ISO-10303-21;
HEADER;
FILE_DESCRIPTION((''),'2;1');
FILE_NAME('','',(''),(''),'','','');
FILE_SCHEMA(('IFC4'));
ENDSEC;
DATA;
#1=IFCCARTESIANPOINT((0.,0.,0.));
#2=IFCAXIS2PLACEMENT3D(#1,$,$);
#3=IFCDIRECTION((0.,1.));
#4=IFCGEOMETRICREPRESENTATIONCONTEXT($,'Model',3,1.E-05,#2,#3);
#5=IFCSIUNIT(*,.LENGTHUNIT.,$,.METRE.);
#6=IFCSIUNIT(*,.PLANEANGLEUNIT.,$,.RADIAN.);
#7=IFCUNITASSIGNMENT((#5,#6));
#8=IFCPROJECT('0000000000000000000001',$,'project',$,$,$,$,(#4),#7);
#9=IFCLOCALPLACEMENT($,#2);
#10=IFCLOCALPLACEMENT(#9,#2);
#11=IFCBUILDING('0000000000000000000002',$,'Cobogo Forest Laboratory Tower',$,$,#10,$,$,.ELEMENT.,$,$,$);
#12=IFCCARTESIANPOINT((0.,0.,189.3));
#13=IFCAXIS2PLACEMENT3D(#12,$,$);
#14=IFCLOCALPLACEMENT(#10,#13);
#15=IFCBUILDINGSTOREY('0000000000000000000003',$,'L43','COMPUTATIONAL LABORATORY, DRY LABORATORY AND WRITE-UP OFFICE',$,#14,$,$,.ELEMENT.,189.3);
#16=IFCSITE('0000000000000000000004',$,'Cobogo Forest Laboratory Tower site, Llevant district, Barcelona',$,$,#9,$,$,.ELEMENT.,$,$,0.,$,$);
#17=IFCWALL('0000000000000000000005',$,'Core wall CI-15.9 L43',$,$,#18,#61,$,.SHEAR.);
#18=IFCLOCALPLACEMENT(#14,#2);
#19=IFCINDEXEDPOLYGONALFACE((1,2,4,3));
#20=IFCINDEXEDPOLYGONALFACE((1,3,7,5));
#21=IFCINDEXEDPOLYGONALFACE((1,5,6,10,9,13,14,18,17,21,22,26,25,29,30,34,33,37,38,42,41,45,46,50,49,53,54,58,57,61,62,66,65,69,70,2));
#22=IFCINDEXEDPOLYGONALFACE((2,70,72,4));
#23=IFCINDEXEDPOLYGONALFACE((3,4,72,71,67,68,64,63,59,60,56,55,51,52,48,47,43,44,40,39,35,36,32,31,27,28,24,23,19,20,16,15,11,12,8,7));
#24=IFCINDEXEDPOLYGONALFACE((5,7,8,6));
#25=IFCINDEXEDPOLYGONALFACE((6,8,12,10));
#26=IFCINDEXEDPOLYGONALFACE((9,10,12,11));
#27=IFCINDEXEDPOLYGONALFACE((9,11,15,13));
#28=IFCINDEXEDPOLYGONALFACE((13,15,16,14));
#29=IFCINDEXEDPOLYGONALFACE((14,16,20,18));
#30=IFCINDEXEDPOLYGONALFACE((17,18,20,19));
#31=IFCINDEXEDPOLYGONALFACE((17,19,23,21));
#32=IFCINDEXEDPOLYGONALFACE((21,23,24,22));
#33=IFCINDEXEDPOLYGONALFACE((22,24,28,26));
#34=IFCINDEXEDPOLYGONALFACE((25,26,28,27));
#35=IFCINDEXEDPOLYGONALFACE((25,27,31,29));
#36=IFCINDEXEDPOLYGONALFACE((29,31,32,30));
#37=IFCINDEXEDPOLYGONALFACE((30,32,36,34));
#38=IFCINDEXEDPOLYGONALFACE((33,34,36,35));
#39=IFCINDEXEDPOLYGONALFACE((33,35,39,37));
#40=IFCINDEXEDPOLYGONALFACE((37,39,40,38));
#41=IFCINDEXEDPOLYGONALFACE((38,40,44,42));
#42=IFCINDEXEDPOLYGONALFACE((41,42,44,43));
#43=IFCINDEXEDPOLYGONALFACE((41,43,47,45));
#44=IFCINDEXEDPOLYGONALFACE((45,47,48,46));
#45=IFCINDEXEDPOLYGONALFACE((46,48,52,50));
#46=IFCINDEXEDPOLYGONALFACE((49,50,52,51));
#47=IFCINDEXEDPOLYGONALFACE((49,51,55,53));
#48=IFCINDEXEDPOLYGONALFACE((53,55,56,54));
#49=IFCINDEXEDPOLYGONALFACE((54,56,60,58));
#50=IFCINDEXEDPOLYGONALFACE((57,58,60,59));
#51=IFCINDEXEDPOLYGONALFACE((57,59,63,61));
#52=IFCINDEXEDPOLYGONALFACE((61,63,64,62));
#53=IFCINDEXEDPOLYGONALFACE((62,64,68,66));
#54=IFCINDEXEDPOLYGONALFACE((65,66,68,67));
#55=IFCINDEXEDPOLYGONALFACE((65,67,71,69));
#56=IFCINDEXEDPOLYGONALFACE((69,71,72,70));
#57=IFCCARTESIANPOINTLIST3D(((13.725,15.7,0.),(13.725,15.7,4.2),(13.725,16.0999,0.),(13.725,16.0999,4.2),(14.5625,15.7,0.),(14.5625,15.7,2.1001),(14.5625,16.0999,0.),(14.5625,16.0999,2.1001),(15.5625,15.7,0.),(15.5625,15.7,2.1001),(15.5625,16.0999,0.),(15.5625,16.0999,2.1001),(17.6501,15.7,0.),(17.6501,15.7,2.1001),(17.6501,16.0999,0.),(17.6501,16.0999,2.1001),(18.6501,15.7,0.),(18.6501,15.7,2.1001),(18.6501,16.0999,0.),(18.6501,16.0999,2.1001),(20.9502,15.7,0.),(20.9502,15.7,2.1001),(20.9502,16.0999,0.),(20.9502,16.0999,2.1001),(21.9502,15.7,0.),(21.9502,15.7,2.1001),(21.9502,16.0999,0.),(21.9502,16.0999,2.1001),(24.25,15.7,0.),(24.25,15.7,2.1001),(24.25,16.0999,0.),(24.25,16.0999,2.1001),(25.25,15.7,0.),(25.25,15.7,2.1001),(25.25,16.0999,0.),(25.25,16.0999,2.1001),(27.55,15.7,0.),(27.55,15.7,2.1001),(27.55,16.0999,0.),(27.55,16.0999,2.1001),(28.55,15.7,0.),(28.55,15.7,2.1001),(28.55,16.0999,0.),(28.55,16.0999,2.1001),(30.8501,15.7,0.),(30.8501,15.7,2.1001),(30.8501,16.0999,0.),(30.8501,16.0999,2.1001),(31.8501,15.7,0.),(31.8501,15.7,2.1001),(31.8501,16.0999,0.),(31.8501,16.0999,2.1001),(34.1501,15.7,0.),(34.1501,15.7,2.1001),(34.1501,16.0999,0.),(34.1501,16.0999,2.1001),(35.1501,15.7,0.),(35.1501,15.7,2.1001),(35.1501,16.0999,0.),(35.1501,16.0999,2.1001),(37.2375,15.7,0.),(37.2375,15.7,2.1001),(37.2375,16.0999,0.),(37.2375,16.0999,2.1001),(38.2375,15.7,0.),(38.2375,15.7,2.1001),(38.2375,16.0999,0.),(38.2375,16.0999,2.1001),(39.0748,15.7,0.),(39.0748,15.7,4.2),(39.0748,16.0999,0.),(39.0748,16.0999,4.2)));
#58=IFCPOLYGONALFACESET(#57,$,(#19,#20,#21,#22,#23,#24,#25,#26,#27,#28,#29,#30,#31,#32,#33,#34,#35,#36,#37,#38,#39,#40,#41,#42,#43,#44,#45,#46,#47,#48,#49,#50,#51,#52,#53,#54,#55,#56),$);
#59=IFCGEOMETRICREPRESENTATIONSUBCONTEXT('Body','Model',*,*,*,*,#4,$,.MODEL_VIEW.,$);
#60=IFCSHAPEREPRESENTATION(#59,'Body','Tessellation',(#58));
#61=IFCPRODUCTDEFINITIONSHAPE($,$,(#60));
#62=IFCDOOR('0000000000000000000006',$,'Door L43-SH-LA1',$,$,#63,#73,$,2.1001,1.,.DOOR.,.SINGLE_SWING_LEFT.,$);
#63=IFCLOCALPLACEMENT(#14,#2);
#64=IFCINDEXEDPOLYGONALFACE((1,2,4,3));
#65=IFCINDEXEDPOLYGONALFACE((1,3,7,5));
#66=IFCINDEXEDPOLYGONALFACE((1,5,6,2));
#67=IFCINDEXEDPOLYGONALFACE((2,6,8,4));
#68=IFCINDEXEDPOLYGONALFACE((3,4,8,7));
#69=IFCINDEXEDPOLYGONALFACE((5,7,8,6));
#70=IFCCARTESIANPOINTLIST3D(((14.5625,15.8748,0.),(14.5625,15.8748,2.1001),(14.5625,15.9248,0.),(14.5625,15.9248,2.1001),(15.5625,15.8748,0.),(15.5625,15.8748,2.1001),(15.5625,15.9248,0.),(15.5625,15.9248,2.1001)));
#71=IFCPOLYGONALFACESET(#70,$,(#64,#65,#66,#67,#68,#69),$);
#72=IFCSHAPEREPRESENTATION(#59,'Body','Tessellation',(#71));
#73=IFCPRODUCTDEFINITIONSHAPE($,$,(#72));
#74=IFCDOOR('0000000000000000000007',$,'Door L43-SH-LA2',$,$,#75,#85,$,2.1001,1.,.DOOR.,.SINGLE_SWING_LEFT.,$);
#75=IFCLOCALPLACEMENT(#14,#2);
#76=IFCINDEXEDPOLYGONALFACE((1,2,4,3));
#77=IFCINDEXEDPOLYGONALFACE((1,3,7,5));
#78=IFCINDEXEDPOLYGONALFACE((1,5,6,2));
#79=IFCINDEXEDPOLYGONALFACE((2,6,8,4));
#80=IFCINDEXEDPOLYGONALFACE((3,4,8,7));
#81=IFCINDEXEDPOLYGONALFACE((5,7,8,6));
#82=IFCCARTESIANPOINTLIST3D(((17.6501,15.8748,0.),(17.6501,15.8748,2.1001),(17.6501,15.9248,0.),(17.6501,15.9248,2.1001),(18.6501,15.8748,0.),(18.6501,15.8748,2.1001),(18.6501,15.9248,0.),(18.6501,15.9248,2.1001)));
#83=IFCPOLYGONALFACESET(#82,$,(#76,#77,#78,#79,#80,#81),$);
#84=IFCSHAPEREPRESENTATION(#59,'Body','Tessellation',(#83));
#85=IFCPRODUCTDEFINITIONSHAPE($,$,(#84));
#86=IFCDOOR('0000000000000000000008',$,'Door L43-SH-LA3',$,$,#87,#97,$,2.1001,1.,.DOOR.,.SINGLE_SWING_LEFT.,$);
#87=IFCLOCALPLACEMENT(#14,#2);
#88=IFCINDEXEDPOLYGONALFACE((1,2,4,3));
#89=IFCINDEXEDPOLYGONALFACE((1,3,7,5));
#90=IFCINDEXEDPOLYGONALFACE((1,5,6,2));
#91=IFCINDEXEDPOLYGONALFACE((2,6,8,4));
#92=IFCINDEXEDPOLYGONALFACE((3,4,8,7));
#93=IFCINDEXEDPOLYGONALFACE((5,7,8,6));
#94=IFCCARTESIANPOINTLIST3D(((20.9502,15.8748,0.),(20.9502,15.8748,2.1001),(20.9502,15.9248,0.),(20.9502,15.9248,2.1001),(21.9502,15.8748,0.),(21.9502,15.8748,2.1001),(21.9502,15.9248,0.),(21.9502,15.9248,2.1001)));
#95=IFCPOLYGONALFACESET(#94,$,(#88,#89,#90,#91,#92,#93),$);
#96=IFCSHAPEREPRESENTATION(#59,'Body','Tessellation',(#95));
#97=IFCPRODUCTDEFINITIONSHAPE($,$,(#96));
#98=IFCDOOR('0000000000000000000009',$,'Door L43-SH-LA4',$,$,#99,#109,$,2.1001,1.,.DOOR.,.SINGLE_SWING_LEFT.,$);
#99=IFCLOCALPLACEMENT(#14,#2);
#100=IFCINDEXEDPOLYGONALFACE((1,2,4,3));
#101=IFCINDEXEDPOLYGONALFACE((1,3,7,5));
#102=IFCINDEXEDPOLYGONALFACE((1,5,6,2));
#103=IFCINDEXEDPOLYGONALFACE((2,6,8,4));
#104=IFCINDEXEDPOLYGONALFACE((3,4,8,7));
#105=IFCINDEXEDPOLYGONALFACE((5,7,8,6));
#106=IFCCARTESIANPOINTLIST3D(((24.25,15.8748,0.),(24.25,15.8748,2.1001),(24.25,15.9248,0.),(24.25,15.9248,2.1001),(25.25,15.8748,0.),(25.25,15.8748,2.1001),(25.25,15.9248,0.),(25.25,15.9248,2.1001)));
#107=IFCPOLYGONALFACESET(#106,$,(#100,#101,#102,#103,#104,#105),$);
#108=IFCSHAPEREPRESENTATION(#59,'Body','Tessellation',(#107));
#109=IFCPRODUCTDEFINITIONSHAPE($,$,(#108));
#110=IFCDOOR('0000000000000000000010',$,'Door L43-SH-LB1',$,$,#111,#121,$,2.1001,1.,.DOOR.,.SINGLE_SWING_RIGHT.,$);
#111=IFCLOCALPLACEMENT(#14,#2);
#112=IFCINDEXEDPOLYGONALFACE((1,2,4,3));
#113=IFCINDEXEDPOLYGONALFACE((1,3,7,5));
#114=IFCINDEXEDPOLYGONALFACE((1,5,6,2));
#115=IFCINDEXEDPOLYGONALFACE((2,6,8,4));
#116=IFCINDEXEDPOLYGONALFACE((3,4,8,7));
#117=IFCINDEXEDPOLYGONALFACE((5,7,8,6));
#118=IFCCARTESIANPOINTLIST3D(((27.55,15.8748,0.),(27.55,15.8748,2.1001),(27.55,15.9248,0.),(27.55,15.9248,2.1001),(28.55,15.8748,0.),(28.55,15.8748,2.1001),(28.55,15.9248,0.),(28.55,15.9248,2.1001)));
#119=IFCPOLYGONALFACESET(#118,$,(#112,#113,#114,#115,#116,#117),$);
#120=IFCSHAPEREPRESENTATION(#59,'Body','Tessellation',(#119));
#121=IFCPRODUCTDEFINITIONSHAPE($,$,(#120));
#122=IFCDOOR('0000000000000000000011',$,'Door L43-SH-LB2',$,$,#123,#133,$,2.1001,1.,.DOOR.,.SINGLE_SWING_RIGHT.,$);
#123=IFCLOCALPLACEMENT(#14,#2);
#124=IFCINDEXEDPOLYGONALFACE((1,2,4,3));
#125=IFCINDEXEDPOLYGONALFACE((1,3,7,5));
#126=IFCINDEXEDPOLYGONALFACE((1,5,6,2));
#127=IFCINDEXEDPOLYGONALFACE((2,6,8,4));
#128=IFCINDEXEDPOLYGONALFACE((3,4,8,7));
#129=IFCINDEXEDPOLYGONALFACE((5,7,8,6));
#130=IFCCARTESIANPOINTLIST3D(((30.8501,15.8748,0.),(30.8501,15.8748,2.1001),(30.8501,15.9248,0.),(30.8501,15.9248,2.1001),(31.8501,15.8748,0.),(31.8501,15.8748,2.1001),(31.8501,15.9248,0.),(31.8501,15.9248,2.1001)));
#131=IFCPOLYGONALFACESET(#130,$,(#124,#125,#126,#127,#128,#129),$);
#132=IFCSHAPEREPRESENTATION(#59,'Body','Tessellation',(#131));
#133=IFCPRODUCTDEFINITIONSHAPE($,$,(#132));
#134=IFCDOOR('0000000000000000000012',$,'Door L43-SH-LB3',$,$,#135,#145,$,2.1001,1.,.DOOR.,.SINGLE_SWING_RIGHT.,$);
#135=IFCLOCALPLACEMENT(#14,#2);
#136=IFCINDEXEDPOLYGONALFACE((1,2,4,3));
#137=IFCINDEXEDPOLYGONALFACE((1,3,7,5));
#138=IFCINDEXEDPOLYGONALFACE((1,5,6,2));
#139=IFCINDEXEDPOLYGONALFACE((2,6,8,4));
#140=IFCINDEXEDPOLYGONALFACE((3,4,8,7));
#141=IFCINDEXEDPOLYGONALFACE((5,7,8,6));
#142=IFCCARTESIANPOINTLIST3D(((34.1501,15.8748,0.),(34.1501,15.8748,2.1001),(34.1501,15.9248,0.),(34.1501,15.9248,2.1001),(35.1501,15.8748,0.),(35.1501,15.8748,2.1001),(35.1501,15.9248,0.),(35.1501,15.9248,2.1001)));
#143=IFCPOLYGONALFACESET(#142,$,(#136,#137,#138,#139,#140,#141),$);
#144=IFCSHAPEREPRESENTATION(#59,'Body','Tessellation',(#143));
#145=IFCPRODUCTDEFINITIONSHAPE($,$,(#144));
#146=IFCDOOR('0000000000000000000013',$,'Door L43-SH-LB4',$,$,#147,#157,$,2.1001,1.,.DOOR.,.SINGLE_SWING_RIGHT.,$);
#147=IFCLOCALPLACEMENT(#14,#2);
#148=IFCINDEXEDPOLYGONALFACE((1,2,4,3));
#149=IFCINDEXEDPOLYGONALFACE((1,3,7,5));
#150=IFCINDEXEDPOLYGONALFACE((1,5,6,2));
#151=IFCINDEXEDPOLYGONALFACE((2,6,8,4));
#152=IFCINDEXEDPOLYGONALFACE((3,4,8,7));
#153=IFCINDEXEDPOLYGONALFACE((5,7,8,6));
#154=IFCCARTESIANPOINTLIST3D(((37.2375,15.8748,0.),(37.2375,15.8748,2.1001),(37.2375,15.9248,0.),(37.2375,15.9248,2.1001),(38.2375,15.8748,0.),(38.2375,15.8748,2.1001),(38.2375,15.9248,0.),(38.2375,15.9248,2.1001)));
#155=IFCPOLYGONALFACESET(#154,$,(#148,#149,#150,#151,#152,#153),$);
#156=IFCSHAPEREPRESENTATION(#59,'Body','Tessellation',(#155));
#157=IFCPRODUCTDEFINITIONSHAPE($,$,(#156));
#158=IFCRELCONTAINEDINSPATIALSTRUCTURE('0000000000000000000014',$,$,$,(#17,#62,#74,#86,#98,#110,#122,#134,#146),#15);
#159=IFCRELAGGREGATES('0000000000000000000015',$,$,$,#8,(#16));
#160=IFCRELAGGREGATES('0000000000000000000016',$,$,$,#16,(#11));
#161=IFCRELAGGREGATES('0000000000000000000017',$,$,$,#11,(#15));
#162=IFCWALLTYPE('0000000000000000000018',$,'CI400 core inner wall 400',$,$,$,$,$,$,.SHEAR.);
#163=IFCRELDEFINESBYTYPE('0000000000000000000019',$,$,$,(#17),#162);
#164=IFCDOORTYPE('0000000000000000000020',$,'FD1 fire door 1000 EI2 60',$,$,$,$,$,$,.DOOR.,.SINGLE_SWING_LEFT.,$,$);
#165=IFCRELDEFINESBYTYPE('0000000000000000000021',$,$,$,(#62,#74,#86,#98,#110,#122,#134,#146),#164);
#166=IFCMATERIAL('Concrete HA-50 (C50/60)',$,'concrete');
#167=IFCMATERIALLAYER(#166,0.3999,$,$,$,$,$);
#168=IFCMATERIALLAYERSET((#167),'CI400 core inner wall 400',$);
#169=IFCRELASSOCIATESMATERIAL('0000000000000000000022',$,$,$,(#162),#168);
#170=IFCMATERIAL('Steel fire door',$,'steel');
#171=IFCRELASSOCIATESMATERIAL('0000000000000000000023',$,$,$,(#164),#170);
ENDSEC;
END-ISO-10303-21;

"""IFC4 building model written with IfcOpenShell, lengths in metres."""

from ifc_helpers import new_model, si_unit, direction, frame, frame_2d, origin, place, context, subcontext, project, spatial, rectangle, extrude, material, layer, layer_set, type_object, element, fill, save


model = new_model("IFC4")

# Units and contexts
model_context = context("Model", 3, precision=1e-05, world=origin(), true_north=direction((0.0, 1.0)))
body_context = subcontext(model_context, "Body", "Model", "MODEL_VIEW")
ifc_project = project(units=[si_unit("LENGTHUNIT", "METRE"), si_unit("PLANEANGLEUNIT", "RADIAN")], contexts=[model_context])

# Site, building, storey
site_placement = place(None, origin())
site = spatial("IfcSite", under=ifc_project, at=site_placement, Name="Cobogo Forest Laboratory Tower site, Llevant district, Barcelona", CompositionType="ELEMENT", RefElevation=0.0)
building_placement = place(site_placement, origin())
building = spatial("IfcBuilding", under=site, at=building_placement, Name="Cobogo Forest Laboratory Tower", CompositionType="ELEMENT")
storey_placement = place(building_placement, frame((0.0, 0.0, 189.3)))
storey = spatial("IfcBuildingStorey", under=building, at=storey_placement, Name="L43", Description="COMPUTATIONAL LABORATORY, DRY LABORATORY AND WRITE-UP OFFICE", CompositionType="ELEMENT", Elevation=189.3)

# Shared definitions
ifc_material_1 = material(Name="Concrete HA-50 (C50/60)", Category="concrete")

# Wall, openings, doors
ifc_layer_1 = layer(ifc_material_1, 0.3999)
ifc_layer_set_1 = layer_set([ifc_layer_1], Name="CI400 core inner wall 400")
wall_type_1 = type_object("IfcWallType", Name="CI400 core inner wall 400", PredefinedType="SHEAR", material=ifc_layer_set_1)
wall_1_placement = place(storey_placement, frame((13.7251, 15.8999, 0.0), z_axis=(0.0, 0.0, 1.0), x_axis=(1.0, 0.0, 0.0)))
wall_1 = element("IfcWall", 1, at=wall_1_placement, inside=storey, type_object=wall_type_1, Name="Core wall CI-15.9 L43", PredefinedType="SHEAR", context=body_context, shape_type="SweptSolid", body=[
    extrude(rectangle(XDim=25.3499, YDim=0.3999, at=frame_2d((12.6748, 0.0))), origin(), (0.0, 0.0, 1.0), 4.2),
])
opening_1_placement = place(wall_1_placement, frame((0.8374, 0.0, 0.0)))
opening_1 = element("IfcOpeningElement", 2, at=opening_1_placement, cuts=wall_1, PredefinedType="OPENING", context=body_context, shape_type="SweptSolid", body=[
    extrude(rectangle(XDim=1.0, YDim=2.1001, at=frame_2d((0.5, 1.05))), frame((0.0, 0.21, 0.0), z_axis=(0.0, -1.0, 0.0), x_axis=(1.0, 0.0, 0.0)), (0.0, 0.0, 1.0), 0.4199),
])
opening_2_placement = place(wall_1_placement, frame((3.925, 0.0, 0.0)))
opening_2 = element("IfcOpeningElement", 3, at=opening_2_placement, cuts=wall_1, PredefinedType="OPENING", context=body_context, shape_type="SweptSolid", body=[
    extrude(rectangle(XDim=1.0, YDim=2.1001, at=frame_2d((0.5, 1.05))), frame((0.0, 0.21, 0.0), z_axis=(0.0, -1.0, 0.0), x_axis=(1.0, 0.0, 0.0)), (0.0, 0.0, 1.0), 0.4199),
])
opening_3_placement = place(wall_1_placement, frame((7.2251, 0.0, 0.0)))
opening_3 = element("IfcOpeningElement", 4, at=opening_3_placement, cuts=wall_1, PredefinedType="OPENING", context=body_context, shape_type="SweptSolid", body=[
    extrude(rectangle(XDim=1.0, YDim=2.1001, at=frame_2d((0.5, 1.05))), frame((0.0, 0.21, 0.0), z_axis=(0.0, -1.0, 0.0), x_axis=(1.0, 0.0, 0.0)), (0.0, 0.0, 1.0), 0.4199),
])
opening_4_placement = place(wall_1_placement, frame((10.5249, 0.0, 0.0)))
opening_4 = element("IfcOpeningElement", 5, at=opening_4_placement, cuts=wall_1, PredefinedType="OPENING", context=body_context, shape_type="SweptSolid", body=[
    extrude(rectangle(XDim=1.0, YDim=2.1001, at=frame_2d((0.5, 1.05))), frame((0.0, 0.21, 0.0), z_axis=(0.0, -1.0, 0.0), x_axis=(1.0, 0.0, 0.0)), (0.0, 0.0, 1.0), 0.4199),
])
opening_5_placement = place(wall_1_placement, frame((13.825, 0.0, 0.0)))
opening_5 = element("IfcOpeningElement", 6, at=opening_5_placement, cuts=wall_1, PredefinedType="OPENING", context=body_context, shape_type="SweptSolid", body=[
    extrude(rectangle(XDim=1.0, YDim=2.1001, at=frame_2d((0.5, 1.05))), frame((0.0, 0.21, 0.0), z_axis=(0.0, -1.0, 0.0), x_axis=(1.0, 0.0, 0.0)), (0.0, 0.0, 1.0), 0.4199),
])
opening_6_placement = place(wall_1_placement, frame((17.125, 0.0, 0.0)))
opening_6 = element("IfcOpeningElement", 7, at=opening_6_placement, cuts=wall_1, PredefinedType="OPENING", context=body_context, shape_type="SweptSolid", body=[
    extrude(rectangle(XDim=1.0, YDim=2.1001, at=frame_2d((0.5, 1.05))), frame((0.0, 0.21, 0.0), z_axis=(0.0, -1.0, 0.0), x_axis=(1.0, 0.0, 0.0)), (0.0, 0.0, 1.0), 0.4199),
])
opening_7_placement = place(wall_1_placement, frame((20.425, 0.0, 0.0)))
opening_7 = element("IfcOpeningElement", 8, at=opening_7_placement, cuts=wall_1, PredefinedType="OPENING", context=body_context, shape_type="SweptSolid", body=[
    extrude(rectangle(XDim=1.0, YDim=2.1001, at=frame_2d((0.5, 1.05))), frame((0.0, 0.21, 0.0), z_axis=(0.0, -1.0, 0.0), x_axis=(1.0, 0.0, 0.0)), (0.0, 0.0, 1.0), 0.4199),
])
opening_8_placement = place(wall_1_placement, frame((23.5125, 0.0, 0.0)))
opening_8 = element("IfcOpeningElement", 9, at=opening_8_placement, cuts=wall_1, PredefinedType="OPENING", context=body_context, shape_type="SweptSolid", body=[
    extrude(rectangle(XDim=1.0, YDim=2.1001, at=frame_2d((0.5, 1.05))), frame((0.0, 0.21, 0.0), z_axis=(0.0, -1.0, 0.0), x_axis=(1.0, 0.0, 0.0)), (0.0, 0.0, 1.0), 0.4199),
])
ifc_material_2 = material(Name="Steel fire door", Category="steel")
door_type = type_object("IfcDoorType", Name="FD1 fire door 1000 EI2 60", OperationType="SINGLE_SWING_LEFT", PredefinedType="DOOR", material=ifc_material_2)
door_1_placement = place(opening_1_placement, origin())
door_1 = element("IfcDoor", 10, at=door_1_placement, inside=storey, type_object=door_type, Name="Door L43-SH-LA1", OperationType="SINGLE_SWING_LEFT", OverallHeight=2.1001, OverallWidth=1.0, PredefinedType="DOOR", context=body_context, shape_type="SweptSolid", body=[
    extrude(rectangle(XDim=1.0, YDim=2.1001, at=frame_2d((0.5, 1.05))), frame((0.0, 0.0249, 0.0), z_axis=(0.0, -1.0, 0.0), x_axis=(1.0, 0.0, 0.0)), (0.0, 0.0, 1.0), 0.05),
])
fill(opening_1, door_1)
door_2_placement = place(opening_2_placement, origin())
door_2 = element("IfcDoor", 11, at=door_2_placement, inside=storey, type_object=door_type, Name="Door L43-SH-LA2", OperationType="SINGLE_SWING_LEFT", OverallHeight=2.1001, OverallWidth=1.0, PredefinedType="DOOR", context=body_context, shape_type="SweptSolid", body=[
    extrude(rectangle(XDim=1.0, YDim=2.1001, at=frame_2d((0.5, 1.05))), frame((0.0, 0.0249, 0.0), z_axis=(0.0, -1.0, 0.0), x_axis=(1.0, 0.0, 0.0)), (0.0, 0.0, 1.0), 0.05),
])
fill(opening_2, door_2)
door_3_placement = place(opening_3_placement, origin())
door_3 = element("IfcDoor", 12, at=door_3_placement, inside=storey, type_object=door_type, Name="Door L43-SH-LA3", OperationType="SINGLE_SWING_LEFT", OverallHeight=2.1001, OverallWidth=1.0, PredefinedType="DOOR", context=body_context, shape_type="SweptSolid", body=[
    extrude(rectangle(XDim=1.0, YDim=2.1001, at=frame_2d((0.5, 1.05))), frame((0.0, 0.0249, 0.0), z_axis=(0.0, -1.0, 0.0), x_axis=(1.0, 0.0, 0.0)), (0.0, 0.0, 1.0), 0.05),
])
fill(opening_3, door_3)
door_4_placement = place(opening_4_placement, origin())
door_4 = element("IfcDoor", 13, at=door_4_placement, inside=storey, type_object=door_type, Name="Door L43-SH-LA4", OperationType="SINGLE_SWING_LEFT", OverallHeight=2.1001, OverallWidth=1.0, PredefinedType="DOOR", context=body_context, shape_type="SweptSolid", body=[
    extrude(rectangle(XDim=1.0, YDim=2.1001, at=frame_2d((0.5, 1.05))), frame((0.0, 0.0249, 0.0), z_axis=(0.0, -1.0, 0.0), x_axis=(1.0, 0.0, 0.0)), (0.0, 0.0, 1.0), 0.05),
])
fill(opening_4, door_4)
door_5_placement = place(opening_5_placement, origin())
door_5 = element("IfcDoor", 14, at=door_5_placement, inside=storey, type_object=door_type, Name="Door L43-SH-LB1", OperationType="SINGLE_SWING_RIGHT", OverallHeight=2.1001, OverallWidth=1.0, PredefinedType="DOOR", context=body_context, shape_type="SweptSolid", body=[
    extrude(rectangle(XDim=1.0, YDim=2.1001, at=frame_2d((0.5, 1.05))), frame((0.0, 0.0249, 0.0), z_axis=(0.0, -1.0, 0.0), x_axis=(1.0, 0.0, 0.0)), (0.0, 0.0, 1.0), 0.05),
])
fill(opening_5, door_5)
door_6_placement = place(opening_6_placement, origin())
door_6 = element("IfcDoor", 15, at=door_6_placement, inside=storey, type_object=door_type, Name="Door L43-SH-LB2", OperationType="SINGLE_SWING_RIGHT", OverallHeight=2.1001, OverallWidth=1.0, PredefinedType="DOOR", context=body_context, shape_type="SweptSolid", body=[
    extrude(rectangle(XDim=1.0, YDim=2.1001, at=frame_2d((0.5, 1.05))), frame((0.0, 0.0249, 0.0), z_axis=(0.0, -1.0, 0.0), x_axis=(1.0, 0.0, 0.0)), (0.0, 0.0, 1.0), 0.05),
])
fill(opening_6, door_6)
door_7_placement = place(opening_7_placement, origin())
door_7 = element("IfcDoor", 16, at=door_7_placement, inside=storey, type_object=door_type, Name="Door L43-SH-LB3", OperationType="SINGLE_SWING_RIGHT", OverallHeight=2.1001, OverallWidth=1.0, PredefinedType="DOOR", context=body_context, shape_type="SweptSolid", body=[
    extrude(rectangle(XDim=1.0, YDim=2.1001, at=frame_2d((0.5, 1.05))), frame((0.0, 0.0249, 0.0), z_axis=(0.0, -1.0, 0.0), x_axis=(1.0, 0.0, 0.0)), (0.0, 0.0, 1.0), 0.05),
])
fill(opening_7, door_7)
door_8_placement = place(opening_8_placement, origin())
door_8 = element("IfcDoor", 17, at=door_8_placement, inside=storey, type_object=door_type, Name="Door L43-SH-LB4", OperationType="SINGLE_SWING_RIGHT", OverallHeight=2.1001, OverallWidth=1.0, PredefinedType="DOOR", context=body_context, shape_type="SweptSolid", body=[
    extrude(rectangle(XDim=1.0, YDim=2.1001, at=frame_2d((0.5, 1.05))), frame((0.0, 0.0249, 0.0), z_axis=(0.0, -1.0, 0.0), x_axis=(1.0, 0.0, 0.0)), (0.0, 0.0, 1.0), 0.05),
])
fill(opening_8, door_8)

save(model, "model.ifc")
